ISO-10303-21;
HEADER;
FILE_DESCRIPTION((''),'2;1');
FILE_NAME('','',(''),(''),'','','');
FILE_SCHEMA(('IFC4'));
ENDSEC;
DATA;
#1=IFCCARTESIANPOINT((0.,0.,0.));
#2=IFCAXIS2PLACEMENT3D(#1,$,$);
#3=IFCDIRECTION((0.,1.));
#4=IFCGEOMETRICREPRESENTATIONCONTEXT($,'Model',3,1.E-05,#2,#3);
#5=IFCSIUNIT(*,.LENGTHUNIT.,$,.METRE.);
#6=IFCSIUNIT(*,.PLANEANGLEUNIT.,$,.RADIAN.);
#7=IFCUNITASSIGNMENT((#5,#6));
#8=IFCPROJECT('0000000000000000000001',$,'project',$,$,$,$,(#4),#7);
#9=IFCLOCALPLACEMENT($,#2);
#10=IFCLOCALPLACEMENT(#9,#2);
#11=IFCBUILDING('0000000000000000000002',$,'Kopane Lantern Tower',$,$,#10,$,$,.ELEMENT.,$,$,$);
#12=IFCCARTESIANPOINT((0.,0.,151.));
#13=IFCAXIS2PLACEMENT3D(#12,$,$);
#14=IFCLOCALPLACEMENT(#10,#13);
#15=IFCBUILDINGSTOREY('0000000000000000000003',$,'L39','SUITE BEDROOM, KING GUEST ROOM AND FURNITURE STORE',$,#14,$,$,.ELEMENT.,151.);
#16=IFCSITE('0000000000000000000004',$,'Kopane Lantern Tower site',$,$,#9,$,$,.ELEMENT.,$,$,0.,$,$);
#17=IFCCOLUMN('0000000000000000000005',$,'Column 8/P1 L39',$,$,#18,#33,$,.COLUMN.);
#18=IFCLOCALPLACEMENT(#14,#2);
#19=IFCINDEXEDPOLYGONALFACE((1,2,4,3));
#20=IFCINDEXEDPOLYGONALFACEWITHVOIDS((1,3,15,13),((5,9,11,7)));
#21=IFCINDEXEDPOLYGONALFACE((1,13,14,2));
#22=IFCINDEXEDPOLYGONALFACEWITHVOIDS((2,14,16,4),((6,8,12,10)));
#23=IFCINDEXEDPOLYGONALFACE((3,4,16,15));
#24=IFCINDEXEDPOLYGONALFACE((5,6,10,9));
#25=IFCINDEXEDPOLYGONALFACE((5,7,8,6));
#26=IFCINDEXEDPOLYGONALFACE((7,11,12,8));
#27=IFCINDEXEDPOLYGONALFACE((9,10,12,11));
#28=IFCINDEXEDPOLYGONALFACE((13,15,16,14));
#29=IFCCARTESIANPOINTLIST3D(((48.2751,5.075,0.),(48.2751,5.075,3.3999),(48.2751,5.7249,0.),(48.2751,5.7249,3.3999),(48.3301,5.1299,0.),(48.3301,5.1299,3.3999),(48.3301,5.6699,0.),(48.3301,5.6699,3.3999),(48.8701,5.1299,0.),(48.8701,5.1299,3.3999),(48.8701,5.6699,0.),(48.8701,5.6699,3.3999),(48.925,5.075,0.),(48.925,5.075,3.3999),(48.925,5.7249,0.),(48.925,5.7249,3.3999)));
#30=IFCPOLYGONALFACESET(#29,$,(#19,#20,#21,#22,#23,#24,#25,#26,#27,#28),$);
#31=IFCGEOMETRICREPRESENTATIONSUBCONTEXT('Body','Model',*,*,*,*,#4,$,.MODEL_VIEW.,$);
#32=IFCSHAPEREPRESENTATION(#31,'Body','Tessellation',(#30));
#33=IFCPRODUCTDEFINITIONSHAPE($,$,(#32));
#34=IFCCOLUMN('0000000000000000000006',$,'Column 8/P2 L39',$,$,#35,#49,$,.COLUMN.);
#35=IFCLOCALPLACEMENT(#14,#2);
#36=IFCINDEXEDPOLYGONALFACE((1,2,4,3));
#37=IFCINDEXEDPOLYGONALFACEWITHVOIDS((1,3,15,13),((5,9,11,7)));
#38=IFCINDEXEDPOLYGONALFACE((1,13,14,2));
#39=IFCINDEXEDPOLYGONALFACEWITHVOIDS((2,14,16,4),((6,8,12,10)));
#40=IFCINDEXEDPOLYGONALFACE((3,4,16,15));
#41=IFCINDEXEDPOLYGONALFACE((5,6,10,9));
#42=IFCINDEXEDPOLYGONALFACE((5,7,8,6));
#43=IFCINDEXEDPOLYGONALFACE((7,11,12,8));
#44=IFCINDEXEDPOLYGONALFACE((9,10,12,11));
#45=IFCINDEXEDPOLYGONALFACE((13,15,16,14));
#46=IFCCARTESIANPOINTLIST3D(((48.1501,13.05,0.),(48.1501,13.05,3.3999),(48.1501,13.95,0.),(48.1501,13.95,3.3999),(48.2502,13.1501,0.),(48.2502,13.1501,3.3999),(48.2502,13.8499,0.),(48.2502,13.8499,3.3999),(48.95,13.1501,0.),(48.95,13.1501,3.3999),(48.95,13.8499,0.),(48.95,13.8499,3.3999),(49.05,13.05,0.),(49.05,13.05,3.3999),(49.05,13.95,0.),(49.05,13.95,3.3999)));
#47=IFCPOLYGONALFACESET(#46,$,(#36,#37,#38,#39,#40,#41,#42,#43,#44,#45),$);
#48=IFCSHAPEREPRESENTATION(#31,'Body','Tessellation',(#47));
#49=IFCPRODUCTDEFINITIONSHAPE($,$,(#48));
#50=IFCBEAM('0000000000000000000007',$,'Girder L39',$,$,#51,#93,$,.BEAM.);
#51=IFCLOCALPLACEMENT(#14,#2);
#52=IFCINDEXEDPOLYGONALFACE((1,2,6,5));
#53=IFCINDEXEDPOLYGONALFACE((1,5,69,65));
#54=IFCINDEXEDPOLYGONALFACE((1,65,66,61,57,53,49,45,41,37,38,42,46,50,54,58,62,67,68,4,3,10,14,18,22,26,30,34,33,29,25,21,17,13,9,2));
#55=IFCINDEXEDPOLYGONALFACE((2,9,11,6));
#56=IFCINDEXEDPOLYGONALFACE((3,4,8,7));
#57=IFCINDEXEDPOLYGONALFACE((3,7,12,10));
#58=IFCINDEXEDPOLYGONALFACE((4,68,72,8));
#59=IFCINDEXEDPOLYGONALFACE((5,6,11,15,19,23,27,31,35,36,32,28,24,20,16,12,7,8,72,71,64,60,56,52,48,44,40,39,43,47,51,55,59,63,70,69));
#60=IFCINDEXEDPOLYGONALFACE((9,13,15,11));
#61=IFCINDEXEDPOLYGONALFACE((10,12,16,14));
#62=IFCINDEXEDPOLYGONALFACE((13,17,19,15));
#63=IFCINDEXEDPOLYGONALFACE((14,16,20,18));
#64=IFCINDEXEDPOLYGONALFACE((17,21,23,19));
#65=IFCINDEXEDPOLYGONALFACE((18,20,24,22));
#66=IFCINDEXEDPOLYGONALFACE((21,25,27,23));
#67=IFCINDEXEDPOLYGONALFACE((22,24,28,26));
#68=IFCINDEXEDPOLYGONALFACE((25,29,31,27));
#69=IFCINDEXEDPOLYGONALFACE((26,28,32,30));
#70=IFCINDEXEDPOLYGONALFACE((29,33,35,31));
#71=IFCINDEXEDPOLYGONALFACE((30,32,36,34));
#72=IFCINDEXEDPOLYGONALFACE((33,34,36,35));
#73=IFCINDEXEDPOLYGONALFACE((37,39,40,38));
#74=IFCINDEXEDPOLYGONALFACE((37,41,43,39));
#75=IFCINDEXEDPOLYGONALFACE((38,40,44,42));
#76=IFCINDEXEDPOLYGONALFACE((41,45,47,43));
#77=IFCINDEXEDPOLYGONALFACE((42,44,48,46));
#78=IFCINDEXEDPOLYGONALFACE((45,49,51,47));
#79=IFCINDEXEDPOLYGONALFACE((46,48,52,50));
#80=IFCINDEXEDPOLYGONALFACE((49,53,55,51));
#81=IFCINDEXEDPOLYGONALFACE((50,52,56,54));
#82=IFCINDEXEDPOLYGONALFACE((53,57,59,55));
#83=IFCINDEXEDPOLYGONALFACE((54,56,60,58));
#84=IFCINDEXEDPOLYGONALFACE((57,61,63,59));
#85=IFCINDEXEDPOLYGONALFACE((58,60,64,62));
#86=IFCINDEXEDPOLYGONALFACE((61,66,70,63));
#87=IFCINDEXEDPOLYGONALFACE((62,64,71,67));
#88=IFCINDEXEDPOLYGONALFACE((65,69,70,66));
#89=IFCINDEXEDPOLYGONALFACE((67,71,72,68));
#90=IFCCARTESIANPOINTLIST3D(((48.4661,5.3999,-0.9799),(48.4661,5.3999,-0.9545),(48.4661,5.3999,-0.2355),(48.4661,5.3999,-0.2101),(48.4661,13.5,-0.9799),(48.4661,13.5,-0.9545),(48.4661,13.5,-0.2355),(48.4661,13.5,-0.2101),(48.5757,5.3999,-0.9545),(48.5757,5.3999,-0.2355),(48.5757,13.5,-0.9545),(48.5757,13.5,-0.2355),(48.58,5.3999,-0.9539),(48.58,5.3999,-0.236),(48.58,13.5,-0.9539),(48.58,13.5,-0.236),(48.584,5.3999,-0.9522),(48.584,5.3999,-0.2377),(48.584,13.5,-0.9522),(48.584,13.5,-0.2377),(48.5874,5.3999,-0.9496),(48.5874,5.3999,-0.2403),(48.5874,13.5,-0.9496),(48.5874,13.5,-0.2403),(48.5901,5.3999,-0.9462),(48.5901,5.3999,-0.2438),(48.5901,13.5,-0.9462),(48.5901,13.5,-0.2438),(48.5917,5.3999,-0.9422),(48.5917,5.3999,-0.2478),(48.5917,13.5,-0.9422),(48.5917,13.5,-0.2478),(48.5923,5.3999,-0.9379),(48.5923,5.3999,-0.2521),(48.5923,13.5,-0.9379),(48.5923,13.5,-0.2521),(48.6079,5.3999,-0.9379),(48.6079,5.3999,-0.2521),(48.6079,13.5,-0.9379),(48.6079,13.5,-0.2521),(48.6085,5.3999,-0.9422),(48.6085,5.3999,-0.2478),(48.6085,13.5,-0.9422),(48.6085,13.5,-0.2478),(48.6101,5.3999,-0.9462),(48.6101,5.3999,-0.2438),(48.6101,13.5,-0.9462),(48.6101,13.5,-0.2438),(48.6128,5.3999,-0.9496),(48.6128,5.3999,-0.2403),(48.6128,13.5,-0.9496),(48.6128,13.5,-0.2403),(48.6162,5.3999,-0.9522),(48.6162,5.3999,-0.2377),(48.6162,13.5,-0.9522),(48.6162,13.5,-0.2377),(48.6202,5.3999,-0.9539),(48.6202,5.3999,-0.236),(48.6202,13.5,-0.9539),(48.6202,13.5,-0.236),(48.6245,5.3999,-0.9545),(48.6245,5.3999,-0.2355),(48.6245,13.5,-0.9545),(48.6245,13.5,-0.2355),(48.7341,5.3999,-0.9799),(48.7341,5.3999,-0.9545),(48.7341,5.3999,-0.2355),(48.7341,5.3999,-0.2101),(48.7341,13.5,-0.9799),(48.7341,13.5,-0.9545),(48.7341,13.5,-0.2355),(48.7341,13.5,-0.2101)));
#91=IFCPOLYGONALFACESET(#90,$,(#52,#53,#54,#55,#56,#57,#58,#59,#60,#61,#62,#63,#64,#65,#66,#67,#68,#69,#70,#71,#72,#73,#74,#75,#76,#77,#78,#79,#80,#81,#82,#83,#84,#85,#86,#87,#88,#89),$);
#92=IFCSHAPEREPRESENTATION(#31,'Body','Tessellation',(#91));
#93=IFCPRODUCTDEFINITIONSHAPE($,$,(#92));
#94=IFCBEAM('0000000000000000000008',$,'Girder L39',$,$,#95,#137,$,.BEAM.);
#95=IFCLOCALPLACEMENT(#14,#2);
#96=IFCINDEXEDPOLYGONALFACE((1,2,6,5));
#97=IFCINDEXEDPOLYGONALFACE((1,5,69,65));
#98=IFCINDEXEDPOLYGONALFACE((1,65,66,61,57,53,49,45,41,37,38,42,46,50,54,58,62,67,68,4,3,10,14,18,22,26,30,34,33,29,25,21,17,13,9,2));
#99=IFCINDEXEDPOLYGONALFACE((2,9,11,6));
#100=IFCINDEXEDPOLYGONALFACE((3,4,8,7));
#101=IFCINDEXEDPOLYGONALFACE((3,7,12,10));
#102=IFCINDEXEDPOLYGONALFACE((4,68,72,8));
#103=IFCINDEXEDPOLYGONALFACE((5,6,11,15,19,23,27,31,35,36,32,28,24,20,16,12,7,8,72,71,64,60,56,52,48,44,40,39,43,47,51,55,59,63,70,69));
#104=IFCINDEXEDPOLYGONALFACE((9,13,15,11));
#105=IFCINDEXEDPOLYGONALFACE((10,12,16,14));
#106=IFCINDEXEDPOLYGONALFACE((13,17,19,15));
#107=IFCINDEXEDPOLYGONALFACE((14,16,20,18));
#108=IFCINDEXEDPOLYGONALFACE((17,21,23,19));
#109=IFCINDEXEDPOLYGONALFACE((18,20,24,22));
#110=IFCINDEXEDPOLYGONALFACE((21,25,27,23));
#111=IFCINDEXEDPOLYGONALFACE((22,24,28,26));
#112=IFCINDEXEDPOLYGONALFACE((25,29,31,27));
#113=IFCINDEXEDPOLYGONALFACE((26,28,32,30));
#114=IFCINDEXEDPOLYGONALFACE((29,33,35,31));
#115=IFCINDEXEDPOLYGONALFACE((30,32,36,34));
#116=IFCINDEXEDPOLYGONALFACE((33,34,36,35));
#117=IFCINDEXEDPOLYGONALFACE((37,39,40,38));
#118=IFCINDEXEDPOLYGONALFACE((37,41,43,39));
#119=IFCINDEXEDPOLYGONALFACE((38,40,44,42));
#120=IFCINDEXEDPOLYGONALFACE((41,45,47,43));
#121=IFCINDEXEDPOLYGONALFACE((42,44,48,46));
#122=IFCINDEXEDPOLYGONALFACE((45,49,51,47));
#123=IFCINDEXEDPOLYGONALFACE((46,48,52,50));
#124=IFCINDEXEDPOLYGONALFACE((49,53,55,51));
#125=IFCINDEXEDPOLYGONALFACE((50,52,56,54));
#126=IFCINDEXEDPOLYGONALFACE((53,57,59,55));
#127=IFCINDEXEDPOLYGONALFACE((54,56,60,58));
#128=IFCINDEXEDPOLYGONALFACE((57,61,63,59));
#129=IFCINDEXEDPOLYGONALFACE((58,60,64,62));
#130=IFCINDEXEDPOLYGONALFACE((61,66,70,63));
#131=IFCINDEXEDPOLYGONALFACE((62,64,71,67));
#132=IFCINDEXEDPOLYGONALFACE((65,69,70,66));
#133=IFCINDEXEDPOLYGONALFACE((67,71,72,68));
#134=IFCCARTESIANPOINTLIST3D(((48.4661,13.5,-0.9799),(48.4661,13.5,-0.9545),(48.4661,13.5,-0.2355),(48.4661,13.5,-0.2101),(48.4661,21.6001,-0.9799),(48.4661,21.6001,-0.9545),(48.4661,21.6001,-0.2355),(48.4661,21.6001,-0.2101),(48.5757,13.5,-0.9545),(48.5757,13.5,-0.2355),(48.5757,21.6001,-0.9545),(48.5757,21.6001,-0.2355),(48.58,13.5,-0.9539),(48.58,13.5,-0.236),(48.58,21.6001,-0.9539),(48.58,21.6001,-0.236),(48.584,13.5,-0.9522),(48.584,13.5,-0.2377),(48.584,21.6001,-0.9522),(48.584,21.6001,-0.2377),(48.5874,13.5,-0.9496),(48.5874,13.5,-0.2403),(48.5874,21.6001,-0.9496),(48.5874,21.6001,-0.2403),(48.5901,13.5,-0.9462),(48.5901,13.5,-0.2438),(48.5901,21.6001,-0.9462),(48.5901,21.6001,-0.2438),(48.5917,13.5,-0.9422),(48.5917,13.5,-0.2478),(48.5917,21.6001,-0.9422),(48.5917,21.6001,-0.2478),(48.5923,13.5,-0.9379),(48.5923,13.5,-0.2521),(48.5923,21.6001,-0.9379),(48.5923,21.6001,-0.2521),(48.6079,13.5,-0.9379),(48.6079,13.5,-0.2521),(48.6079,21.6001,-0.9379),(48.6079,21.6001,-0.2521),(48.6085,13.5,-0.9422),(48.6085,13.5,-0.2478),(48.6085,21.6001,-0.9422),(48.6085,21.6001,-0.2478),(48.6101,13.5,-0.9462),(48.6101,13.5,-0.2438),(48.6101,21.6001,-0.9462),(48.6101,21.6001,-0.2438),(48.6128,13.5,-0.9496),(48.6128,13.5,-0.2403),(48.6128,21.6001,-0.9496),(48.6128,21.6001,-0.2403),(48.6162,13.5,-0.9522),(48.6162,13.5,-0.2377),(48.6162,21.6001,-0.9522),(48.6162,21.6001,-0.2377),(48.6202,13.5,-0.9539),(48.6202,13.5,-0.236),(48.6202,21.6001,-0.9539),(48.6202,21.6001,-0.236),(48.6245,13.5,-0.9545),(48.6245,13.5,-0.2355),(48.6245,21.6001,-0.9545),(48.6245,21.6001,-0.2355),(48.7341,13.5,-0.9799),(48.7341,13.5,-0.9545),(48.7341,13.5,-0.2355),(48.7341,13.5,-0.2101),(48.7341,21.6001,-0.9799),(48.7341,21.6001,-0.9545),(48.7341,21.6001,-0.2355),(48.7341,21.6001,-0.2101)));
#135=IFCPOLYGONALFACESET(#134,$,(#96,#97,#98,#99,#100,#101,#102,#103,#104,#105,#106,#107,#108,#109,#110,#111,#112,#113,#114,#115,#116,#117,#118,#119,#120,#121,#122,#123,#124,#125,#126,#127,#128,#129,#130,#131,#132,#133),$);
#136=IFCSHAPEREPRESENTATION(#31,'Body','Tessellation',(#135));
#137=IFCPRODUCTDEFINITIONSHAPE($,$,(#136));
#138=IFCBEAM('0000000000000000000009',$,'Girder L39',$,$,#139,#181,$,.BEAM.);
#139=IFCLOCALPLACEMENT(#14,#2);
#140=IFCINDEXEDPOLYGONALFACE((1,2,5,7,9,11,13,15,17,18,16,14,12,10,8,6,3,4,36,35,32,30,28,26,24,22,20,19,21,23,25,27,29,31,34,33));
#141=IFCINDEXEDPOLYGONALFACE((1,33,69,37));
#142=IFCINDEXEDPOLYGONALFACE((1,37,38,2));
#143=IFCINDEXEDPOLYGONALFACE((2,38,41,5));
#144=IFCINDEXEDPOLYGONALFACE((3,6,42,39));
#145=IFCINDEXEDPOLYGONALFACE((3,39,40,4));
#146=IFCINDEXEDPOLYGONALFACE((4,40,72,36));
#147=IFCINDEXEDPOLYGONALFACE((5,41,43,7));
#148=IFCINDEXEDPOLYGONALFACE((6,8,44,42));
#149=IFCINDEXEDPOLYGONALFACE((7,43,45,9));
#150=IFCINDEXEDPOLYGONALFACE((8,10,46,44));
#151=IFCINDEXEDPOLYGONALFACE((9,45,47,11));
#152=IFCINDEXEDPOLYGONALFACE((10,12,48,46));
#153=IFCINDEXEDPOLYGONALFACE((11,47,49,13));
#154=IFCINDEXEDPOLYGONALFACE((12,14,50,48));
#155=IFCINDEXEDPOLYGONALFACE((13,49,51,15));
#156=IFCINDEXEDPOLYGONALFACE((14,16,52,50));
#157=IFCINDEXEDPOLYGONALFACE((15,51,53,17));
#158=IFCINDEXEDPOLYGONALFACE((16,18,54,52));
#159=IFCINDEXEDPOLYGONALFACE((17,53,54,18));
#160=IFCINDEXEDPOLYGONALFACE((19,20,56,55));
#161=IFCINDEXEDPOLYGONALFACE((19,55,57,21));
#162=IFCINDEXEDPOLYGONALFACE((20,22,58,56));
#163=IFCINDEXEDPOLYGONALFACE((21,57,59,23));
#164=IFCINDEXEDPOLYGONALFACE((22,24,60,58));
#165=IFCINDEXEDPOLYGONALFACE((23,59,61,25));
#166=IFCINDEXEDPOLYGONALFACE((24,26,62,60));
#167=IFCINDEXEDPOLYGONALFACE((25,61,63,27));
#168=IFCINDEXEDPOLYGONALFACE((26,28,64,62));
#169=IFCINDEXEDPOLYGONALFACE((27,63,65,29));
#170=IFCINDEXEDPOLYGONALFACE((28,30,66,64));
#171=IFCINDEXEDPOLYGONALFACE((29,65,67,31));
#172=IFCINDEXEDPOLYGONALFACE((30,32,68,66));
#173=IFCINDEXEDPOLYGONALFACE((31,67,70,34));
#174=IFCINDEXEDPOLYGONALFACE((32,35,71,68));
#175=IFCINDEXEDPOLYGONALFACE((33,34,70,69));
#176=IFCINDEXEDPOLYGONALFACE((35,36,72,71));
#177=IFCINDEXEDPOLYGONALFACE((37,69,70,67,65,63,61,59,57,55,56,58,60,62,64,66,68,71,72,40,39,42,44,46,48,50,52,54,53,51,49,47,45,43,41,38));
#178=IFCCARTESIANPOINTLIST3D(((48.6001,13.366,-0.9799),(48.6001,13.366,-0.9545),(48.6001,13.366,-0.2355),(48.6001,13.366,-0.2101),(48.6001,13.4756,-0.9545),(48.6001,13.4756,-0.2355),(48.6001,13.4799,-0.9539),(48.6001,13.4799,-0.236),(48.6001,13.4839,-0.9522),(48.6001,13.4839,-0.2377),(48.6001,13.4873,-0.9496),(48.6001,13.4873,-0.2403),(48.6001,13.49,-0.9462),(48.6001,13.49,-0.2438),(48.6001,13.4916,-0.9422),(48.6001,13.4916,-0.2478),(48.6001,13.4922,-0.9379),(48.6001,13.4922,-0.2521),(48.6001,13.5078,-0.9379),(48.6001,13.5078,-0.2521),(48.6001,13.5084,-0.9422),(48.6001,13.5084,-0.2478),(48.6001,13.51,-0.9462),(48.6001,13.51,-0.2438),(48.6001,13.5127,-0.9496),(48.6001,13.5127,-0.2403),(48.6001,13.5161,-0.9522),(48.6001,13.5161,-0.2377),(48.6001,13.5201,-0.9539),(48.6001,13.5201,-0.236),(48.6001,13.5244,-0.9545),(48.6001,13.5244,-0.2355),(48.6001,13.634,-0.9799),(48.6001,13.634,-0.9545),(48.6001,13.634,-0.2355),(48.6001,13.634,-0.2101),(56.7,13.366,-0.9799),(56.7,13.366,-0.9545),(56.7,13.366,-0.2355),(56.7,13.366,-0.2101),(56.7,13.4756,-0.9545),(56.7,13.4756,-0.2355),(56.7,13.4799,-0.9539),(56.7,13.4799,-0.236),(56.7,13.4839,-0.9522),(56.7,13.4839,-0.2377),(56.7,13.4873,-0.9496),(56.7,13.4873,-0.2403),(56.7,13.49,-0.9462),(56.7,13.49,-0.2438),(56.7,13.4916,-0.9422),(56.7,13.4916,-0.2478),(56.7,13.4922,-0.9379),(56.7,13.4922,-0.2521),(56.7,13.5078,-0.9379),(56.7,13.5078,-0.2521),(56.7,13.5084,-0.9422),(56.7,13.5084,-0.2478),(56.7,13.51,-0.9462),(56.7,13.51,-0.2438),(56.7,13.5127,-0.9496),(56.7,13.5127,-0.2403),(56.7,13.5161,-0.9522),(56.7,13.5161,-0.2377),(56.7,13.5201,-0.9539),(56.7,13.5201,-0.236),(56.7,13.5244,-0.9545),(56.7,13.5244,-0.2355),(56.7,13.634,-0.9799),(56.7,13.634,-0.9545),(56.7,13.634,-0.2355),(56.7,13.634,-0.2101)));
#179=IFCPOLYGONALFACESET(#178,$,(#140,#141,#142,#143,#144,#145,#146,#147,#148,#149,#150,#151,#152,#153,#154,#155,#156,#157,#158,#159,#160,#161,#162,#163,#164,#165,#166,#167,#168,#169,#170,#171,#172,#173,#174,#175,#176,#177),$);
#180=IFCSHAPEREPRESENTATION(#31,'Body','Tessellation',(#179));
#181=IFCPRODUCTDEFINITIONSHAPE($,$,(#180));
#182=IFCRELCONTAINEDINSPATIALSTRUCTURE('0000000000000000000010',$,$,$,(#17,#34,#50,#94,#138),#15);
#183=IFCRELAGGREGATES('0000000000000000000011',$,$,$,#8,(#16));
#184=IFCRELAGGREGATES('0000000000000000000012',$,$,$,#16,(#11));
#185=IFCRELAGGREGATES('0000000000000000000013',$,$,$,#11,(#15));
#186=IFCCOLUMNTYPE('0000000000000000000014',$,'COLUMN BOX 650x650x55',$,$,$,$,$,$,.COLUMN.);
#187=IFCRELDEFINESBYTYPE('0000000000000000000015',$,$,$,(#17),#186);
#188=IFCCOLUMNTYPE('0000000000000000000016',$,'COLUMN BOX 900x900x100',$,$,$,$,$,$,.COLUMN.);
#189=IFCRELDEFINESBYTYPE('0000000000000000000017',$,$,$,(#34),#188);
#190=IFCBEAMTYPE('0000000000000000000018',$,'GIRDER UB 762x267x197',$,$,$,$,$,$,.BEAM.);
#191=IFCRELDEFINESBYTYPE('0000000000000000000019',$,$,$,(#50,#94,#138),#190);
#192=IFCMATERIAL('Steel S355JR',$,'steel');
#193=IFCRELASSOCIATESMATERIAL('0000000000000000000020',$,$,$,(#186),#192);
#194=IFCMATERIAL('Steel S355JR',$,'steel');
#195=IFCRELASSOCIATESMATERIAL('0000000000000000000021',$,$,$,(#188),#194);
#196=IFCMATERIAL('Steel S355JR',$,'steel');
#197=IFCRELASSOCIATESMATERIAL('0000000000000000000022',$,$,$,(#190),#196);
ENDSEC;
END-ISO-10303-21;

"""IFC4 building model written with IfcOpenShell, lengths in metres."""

from ifc_helpers import new_model, si_unit, direction, frame, origin, origin_2d, place, context, subcontext, project, spatial, hollow_rectangle, i_section, extrude, material, material_profile, profile_set, type_object, element, save


model = new_model("IFC4")

# Units and contexts
model_context = context("Model", 3, precision=1e-05, world=origin(), true_north=direction((0.0, 1.0)))
body_context = subcontext(model_context, "Body", "Model", "MODEL_VIEW")
ifc_project = project(units=[si_unit("LENGTHUNIT", "METRE"), si_unit("PLANEANGLEUNIT", "RADIAN")], contexts=[model_context])

# Site, building, storey
site_placement = place(None, origin())
site = spatial("IfcSite", under=ifc_project, at=site_placement, Name="Kopane Lantern Tower site", CompositionType="ELEMENT", RefElevation=0.0)
building_placement = place(site_placement, origin())
building = spatial("IfcBuilding", under=site, at=building_placement, Name="Kopane Lantern Tower", CompositionType="ELEMENT")
storey_placement = place(building_placement, frame((0.0, 0.0, 151.0)))
storey = spatial("IfcBuildingStorey", under=building, at=storey_placement, Name="L39", Description="SUITE BEDROOM, KING GUEST ROOM AND FURNITURE STORE", CompositionType="ELEMENT", Elevation=151.0)

# Columns
ifc_material_1 = material(Name="Steel S355JR", Category="steel")
ifc_material_profile_1 = material_profile(ifc_material_1, hollow_rectangle(XDim=0.6499, YDim=0.6499, WallThickness=0.0549, at=origin_2d()), Name="BOX 650x650x55")
ifc_profile_set_1 = profile_set([ifc_material_profile_1], Name="Steel S355JR")
column_type_1 = type_object("IfcColumnType", Name="COLUMN BOX 650x650x55", PredefinedType="COLUMN", material=ifc_profile_set_1)
column_1_placement = place(storey_placement, frame((48.6001, 5.3999, 0.0), z_axis=(0.0, 0.0, 1.0), x_axis=(1.0, 0.0, 0.0)))
element("IfcColumn", 1, at=column_1_placement, inside=storey, type_object=column_type_1, Name="Column 8/P1 L39", PredefinedType="COLUMN", context=body_context, shape_type="SweptSolid", body=[
    extrude(hollow_rectangle(XDim=0.6499, YDim=0.6499, WallThickness=0.0549, at=origin_2d()), origin(), (0.0, 0.0, 1.0), 3.3999),
])
ifc_material_2 = material(Name="Steel S355JR", Category="steel")
ifc_material_profile_2 = material_profile(ifc_material_2, hollow_rectangle(XDim=0.8999, YDim=0.8999, WallThickness=0.1001, at=origin_2d()), Name="BOX 900x900x100")
ifc_profile_set_2 = profile_set([ifc_material_profile_2], Name="Steel S355JR")
column_type_2 = type_object("IfcColumnType", Name="COLUMN BOX 900x900x100", PredefinedType="COLUMN", material=ifc_profile_set_2)
column_2_placement = place(storey_placement, frame((48.6001, 13.5, 0.0), z_axis=(0.0, 0.0, 1.0), x_axis=(1.0, 0.0, 0.0)))
element("IfcColumn", 2, at=column_2_placement, inside=storey, type_object=column_type_2, Name="Column 8/P2 L39", PredefinedType="COLUMN", context=body_context, shape_type="SweptSolid", body=[
    extrude(hollow_rectangle(XDim=0.8999, YDim=0.8999, WallThickness=0.1001, at=origin_2d()), origin(), (0.0, 0.0, 1.0), 3.3999),
])

# Beams
ifc_material_3 = material(Name="Steel S355JR", Category="steel")
ifc_material_profile_3 = material_profile(ifc_material_3, i_section(OverallWidth=0.2681, OverallDepth=0.7698, WebThickness=0.0156, FlangeThickness=0.0254, FilletRadius=0.0166, at=origin_2d()), Name="UB 762x267x197")
ifc_profile_set_3 = profile_set([ifc_material_profile_3], Name="Steel S355JR")
beam_type = type_object("IfcBeamType", Name="GIRDER UB 762x267x197", PredefinedType="BEAM", material=ifc_profile_set_3)
for number, where, z_axis, x_axis, name in (
    (3, (48.6001, 5.3999, -0.595), (0.0, 1.0, 0.0), (-1.0, 0.0, 0.0), "Girder L39"),
    (4, (48.6001, 13.5, -0.595), (0.0, 1.0, 0.0), (-1.0, 0.0, 0.0), "Girder L39"),
):
    element("IfcBeam", number, at=place(storey_placement, frame(where, z_axis=z_axis, x_axis=x_axis)), inside=storey, type_object=beam_type, Name=name, PredefinedType="BEAM", context=body_context, shape_type="SweptSolid", body=[
        extrude(i_section(OverallWidth=0.2681, OverallDepth=0.7698, WebThickness=0.0156, FlangeThickness=0.0254, FilletRadius=0.0166, at=origin_2d()), origin(), (0.0, 0.0, 1.0), 8.1001),
    ])
beam_placement = place(storey_placement, frame((48.6001, 13.5, -0.595), z_axis=(1.0, 0.0, 0.0), x_axis=(0.0, 1.0, 0.0)))
element("IfcBeam", 5, at=beam_placement, inside=storey, type_object=beam_type, Name="Girder L39", PredefinedType="BEAM", context=body_context, shape_type="SweptSolid", body=[
    extrude(i_section(OverallWidth=0.2681, OverallDepth=0.7698, WebThickness=0.0156, FlangeThickness=0.0254, FilletRadius=0.0166, at=origin_2d()), origin(), (0.0, 0.0, 1.0), 8.0999),
])

save(model, "model.ifc")
